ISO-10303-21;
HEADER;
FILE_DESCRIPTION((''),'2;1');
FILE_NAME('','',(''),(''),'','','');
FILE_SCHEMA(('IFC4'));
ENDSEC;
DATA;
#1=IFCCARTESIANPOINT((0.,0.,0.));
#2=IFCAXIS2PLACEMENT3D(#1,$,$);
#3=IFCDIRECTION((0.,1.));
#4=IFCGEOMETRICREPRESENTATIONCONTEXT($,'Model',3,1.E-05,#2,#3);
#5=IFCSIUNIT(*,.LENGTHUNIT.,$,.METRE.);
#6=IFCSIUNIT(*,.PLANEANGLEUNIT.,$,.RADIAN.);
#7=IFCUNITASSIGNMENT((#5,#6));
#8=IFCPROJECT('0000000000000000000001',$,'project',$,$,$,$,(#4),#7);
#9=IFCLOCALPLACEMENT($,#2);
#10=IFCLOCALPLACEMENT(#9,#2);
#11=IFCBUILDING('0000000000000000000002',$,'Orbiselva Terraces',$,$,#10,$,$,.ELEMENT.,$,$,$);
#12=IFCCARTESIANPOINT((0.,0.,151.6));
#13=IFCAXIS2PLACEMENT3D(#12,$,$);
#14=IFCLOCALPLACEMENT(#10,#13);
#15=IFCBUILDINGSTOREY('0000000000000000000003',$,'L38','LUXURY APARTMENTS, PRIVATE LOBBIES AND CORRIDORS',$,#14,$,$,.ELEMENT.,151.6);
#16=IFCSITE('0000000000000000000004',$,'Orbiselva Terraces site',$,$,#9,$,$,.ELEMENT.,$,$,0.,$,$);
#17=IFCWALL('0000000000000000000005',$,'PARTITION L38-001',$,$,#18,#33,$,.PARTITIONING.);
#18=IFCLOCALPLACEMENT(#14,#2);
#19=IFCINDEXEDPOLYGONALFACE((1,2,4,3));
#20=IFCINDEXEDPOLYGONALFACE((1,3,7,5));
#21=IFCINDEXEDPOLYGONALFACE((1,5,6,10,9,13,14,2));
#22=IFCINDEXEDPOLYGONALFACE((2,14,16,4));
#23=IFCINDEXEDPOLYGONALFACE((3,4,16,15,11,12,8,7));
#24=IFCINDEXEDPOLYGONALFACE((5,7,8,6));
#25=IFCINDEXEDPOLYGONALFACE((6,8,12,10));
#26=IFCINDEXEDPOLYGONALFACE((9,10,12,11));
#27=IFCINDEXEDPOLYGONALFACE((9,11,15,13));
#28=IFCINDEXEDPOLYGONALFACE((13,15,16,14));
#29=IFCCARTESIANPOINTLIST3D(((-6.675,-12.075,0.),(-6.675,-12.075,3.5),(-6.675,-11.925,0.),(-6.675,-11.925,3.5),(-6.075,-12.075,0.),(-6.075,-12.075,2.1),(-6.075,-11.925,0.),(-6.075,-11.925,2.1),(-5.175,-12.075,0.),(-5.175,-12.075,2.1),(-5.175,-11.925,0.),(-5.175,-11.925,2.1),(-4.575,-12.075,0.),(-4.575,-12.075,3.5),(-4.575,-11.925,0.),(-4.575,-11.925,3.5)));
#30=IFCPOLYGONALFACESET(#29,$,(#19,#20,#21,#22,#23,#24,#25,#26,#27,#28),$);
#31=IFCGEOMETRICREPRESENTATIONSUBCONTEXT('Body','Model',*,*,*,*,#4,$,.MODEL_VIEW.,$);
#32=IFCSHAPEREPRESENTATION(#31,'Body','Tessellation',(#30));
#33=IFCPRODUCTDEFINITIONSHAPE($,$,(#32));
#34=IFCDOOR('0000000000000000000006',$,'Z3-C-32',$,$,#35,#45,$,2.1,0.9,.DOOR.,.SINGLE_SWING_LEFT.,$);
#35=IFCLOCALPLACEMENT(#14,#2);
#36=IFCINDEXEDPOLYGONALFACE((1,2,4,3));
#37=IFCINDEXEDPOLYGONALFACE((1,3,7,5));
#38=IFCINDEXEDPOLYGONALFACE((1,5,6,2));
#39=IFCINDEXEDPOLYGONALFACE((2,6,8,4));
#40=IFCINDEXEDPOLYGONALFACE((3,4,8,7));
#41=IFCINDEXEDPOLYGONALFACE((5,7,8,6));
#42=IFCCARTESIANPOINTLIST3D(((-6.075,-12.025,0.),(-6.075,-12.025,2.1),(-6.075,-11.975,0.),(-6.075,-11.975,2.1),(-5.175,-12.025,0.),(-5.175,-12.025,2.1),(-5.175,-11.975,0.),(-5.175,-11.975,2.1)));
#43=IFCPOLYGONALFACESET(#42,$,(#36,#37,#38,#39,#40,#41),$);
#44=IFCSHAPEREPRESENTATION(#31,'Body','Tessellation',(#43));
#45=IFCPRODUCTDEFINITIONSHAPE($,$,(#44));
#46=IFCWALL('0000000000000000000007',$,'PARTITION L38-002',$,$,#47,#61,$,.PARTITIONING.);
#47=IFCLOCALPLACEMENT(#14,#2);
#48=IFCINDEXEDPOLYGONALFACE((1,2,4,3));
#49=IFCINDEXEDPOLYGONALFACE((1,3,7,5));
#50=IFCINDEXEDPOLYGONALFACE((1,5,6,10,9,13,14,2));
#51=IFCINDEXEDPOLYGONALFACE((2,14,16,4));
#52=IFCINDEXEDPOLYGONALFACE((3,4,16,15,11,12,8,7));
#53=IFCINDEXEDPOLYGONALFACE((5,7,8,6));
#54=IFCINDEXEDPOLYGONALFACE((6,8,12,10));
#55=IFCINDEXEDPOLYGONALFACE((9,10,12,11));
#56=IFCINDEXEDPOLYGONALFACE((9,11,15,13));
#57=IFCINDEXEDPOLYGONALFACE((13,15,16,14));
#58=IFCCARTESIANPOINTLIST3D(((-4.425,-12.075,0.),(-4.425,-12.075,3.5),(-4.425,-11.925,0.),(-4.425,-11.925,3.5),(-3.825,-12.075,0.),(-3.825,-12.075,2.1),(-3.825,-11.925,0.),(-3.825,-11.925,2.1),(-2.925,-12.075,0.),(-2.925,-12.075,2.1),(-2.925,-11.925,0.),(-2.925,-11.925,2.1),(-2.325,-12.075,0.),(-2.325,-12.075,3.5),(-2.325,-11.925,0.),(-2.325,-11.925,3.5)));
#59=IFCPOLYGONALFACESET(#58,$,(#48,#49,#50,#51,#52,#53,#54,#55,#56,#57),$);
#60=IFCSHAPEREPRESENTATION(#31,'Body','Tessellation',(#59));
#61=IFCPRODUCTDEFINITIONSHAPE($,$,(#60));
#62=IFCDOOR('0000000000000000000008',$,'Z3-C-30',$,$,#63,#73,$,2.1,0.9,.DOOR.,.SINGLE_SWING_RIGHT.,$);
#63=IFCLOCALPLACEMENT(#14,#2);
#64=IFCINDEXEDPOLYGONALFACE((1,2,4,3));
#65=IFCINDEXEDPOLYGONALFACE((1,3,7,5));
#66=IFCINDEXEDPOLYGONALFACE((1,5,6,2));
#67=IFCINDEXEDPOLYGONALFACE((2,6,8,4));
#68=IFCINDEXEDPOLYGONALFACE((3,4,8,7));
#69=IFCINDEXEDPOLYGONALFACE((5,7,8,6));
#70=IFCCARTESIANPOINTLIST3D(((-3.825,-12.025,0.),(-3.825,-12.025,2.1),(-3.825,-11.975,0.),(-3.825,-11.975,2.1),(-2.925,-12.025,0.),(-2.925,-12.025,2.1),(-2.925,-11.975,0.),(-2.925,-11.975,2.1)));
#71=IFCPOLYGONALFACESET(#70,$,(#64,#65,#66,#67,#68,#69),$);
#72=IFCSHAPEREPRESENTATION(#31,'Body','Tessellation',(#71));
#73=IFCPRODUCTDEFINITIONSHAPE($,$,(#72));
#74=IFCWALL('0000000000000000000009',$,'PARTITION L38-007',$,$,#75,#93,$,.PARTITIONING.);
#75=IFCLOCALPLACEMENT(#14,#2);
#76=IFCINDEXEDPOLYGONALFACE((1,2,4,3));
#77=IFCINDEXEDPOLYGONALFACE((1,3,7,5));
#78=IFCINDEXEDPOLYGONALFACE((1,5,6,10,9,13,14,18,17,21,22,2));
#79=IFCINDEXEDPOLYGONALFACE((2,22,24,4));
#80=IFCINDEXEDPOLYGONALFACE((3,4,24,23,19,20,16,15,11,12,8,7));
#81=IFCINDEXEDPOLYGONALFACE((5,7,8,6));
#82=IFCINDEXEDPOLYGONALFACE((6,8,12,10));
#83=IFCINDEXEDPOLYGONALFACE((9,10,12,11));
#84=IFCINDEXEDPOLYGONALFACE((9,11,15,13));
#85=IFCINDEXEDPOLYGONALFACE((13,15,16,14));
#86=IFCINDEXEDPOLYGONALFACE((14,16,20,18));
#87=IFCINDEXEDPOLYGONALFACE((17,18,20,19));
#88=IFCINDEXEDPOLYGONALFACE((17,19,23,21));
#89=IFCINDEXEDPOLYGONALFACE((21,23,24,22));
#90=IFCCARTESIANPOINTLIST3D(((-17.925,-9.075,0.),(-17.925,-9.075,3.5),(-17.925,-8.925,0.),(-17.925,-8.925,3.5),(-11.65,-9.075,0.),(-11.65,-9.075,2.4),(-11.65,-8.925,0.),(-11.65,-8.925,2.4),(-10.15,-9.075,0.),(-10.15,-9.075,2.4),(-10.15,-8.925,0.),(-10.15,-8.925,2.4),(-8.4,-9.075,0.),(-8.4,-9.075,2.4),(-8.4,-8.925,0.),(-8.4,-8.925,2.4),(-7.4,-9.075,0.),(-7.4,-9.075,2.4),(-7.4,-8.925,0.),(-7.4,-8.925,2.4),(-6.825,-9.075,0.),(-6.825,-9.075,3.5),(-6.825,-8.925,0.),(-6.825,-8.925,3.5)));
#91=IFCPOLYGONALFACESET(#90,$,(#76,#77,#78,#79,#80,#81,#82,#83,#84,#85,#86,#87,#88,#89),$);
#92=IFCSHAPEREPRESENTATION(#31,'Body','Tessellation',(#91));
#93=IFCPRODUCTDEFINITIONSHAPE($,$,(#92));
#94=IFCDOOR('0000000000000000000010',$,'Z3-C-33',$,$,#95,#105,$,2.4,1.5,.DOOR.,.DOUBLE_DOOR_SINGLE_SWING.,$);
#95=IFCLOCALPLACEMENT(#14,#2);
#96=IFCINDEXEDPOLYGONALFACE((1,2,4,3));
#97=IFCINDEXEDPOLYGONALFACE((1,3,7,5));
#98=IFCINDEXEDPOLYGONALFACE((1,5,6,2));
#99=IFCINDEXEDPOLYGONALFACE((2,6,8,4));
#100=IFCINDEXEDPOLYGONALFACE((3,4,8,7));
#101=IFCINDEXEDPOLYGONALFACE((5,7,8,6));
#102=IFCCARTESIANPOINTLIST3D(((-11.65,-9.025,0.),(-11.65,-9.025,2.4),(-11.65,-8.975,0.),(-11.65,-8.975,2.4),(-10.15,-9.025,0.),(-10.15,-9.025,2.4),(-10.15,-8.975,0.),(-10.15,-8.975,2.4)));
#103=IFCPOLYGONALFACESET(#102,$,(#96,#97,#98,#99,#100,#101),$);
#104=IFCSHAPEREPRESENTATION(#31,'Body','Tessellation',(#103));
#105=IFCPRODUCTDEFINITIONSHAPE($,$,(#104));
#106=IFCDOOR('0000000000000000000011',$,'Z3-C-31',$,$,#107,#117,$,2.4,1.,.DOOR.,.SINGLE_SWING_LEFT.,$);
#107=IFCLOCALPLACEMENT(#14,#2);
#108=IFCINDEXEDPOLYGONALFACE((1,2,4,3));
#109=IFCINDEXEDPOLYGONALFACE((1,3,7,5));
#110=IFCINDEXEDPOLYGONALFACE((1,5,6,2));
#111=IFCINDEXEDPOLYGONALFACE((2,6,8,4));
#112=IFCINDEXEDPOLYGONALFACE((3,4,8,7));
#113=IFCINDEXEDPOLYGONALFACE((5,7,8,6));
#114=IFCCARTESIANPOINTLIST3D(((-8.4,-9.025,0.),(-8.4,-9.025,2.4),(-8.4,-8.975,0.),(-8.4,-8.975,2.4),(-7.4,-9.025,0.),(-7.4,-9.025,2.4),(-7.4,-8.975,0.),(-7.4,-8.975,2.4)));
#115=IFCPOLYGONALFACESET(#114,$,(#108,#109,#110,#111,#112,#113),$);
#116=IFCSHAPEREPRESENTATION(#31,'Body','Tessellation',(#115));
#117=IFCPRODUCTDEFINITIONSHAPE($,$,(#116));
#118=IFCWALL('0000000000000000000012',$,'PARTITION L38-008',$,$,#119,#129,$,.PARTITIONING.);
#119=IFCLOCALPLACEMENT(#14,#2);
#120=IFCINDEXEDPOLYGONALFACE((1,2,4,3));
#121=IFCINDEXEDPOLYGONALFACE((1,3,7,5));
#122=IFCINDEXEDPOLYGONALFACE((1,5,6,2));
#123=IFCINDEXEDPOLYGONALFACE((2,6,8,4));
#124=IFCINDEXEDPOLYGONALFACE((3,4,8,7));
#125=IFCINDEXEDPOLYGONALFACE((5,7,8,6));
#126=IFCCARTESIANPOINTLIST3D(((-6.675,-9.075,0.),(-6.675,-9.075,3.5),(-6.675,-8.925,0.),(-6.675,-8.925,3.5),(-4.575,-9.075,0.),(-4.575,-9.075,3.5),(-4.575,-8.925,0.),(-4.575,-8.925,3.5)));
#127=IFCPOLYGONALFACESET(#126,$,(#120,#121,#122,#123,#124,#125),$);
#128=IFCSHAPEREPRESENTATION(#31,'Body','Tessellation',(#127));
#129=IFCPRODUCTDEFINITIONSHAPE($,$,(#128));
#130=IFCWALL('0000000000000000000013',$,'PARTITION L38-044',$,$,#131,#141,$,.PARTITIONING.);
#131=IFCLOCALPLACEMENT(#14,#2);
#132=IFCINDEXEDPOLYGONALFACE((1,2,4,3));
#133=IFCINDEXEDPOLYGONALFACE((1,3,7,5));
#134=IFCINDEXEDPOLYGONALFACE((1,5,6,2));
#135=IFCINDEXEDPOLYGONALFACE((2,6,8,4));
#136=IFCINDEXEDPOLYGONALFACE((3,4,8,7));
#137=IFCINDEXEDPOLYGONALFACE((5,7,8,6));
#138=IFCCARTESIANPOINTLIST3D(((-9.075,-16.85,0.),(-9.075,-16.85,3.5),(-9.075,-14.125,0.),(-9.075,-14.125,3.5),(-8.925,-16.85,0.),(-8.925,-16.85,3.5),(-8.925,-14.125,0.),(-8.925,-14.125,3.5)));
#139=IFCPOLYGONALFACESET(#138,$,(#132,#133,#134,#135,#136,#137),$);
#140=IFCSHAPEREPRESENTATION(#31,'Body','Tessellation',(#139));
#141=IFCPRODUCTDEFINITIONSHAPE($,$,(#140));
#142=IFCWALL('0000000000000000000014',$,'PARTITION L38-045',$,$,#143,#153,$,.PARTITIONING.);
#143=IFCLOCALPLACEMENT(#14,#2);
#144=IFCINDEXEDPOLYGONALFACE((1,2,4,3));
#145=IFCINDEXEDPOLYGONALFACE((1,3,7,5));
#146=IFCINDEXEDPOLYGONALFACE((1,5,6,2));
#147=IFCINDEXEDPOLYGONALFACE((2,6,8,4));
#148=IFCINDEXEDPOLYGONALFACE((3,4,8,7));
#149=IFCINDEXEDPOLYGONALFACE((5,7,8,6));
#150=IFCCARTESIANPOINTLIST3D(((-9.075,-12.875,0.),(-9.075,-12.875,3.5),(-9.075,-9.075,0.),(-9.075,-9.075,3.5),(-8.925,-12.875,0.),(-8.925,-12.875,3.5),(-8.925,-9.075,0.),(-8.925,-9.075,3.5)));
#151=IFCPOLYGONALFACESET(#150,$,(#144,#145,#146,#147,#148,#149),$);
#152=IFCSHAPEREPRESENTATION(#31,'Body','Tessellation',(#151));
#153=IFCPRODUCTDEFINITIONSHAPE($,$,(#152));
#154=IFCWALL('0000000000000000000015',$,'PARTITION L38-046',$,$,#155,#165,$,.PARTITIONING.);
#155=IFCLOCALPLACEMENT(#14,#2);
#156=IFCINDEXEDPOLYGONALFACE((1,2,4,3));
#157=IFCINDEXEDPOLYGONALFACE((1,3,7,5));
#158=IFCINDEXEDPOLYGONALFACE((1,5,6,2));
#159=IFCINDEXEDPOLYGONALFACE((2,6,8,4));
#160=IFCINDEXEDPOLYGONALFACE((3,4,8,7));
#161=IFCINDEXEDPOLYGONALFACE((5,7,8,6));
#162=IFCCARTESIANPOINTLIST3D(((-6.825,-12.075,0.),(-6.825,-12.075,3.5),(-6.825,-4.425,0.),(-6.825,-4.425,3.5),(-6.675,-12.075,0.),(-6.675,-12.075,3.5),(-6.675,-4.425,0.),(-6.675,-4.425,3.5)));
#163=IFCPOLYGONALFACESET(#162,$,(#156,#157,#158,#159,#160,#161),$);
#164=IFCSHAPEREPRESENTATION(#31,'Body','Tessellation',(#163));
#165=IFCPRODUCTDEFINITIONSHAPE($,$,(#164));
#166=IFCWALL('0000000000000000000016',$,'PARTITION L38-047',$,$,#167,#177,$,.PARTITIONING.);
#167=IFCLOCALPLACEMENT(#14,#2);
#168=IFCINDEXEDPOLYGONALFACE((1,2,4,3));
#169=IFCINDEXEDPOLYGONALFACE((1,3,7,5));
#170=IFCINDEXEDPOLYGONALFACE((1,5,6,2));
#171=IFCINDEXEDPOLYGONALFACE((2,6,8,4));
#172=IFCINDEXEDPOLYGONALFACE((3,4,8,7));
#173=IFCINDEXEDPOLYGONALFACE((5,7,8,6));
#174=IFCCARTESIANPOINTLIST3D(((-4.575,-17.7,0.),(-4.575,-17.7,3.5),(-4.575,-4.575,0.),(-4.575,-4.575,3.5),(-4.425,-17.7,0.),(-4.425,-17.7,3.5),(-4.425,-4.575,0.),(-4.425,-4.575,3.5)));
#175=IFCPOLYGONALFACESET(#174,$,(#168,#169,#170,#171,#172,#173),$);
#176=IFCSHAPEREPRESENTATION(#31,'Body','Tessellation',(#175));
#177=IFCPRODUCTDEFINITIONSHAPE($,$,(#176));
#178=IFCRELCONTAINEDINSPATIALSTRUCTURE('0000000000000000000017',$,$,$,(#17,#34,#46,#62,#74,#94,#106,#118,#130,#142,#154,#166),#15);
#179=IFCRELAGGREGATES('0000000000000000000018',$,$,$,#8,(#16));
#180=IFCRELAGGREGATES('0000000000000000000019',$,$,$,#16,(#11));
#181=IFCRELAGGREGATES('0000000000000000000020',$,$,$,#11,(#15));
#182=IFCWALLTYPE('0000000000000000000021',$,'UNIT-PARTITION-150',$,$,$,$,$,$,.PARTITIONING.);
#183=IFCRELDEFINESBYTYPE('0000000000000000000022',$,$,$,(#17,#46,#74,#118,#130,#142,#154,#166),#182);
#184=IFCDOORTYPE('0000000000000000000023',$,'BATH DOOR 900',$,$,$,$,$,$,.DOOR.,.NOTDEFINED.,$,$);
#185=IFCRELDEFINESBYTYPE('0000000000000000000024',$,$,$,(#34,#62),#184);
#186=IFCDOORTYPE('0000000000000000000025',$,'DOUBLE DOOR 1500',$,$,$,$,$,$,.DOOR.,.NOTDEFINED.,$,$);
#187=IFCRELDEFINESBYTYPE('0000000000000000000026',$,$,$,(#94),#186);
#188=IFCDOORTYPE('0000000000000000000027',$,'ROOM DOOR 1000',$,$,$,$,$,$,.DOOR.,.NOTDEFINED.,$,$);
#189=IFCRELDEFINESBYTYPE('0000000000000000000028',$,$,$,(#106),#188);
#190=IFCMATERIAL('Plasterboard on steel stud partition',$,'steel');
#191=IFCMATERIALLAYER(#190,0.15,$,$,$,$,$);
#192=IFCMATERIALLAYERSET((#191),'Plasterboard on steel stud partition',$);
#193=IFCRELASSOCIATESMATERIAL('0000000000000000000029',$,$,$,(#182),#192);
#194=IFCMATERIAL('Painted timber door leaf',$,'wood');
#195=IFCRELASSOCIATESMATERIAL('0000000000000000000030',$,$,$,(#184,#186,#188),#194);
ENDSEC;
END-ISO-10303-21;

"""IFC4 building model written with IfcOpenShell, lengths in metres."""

from ifc_helpers import new_model, si_unit, direction, frame, frame_2d, origin, place, context, subcontext, project, spatial, rectangle, extrude, material, layer, layer_set, type_object, element, fill, save


model = new_model("IFC4")

# Units and contexts
model_context = context("Model", 3, precision=1e-05, world=origin(), true_north=direction((0.0, 1.0)))
body_context = subcontext(model_context, "Body", "Model", "MODEL_VIEW")
ifc_project = project(units=[si_unit("LENGTHUNIT", "METRE"), si_unit("PLANEANGLEUNIT", "RADIAN")], contexts=[model_context])

# Site, building, storey
site_placement = place(None, origin())
site = spatial("IfcSite", under=ifc_project, at=site_placement, Name="Orbiselva Terraces site", CompositionType="ELEMENT", RefElevation=0.0)
building_placement = place(site_placement, origin())
building = spatial("IfcBuilding", under=site, at=building_placement, Name="Orbiselva Terraces", CompositionType="ELEMENT")
storey_placement = place(building_placement, frame((0.0, 0.0, 151.6)))
storey = spatial("IfcBuildingStorey", under=building, at=storey_placement, Name="L38", Description="LUXURY APARTMENTS, PRIVATE LOBBIES AND CORRIDORS", CompositionType="ELEMENT", Elevation=151.6)

# Walls, openings, doors
ifc_material_1 = material(Name="Plasterboard on steel stud partition", Category="steel")
ifc_layer_1 = layer(ifc_material_1, 0.15)
ifc_layer_set_1 = layer_set([ifc_layer_1], Name="Plasterboard on steel stud partition")
wall_type_1 = type_object("IfcWallType", Name="UNIT-PARTITION-150", PredefinedType="PARTITIONING", material=ifc_layer_set_1)
wall_1_placement = place(storey_placement, frame((-6.675, -12.0, 0.0), z_axis=(0.0, 0.0, 1.0), x_axis=(1.0, 0.0, 0.0)))
wall_1 = element("IfcWall", 1, at=wall_1_placement, inside=storey, type_object=wall_type_1, Name="PARTITION L38-001", PredefinedType="PARTITIONING", context=body_context, shape_type="SweptSolid", body=[
    extrude(rectangle(XDim=2.1, YDim=0.15, at=frame_2d((1.05, 0.0))), origin(), (0.0, 0.0, 1.0), 3.5),
])
opening_1_placement = place(wall_1_placement, frame((0.6, 0.0, 0.0)))
opening_1 = element("IfcOpeningElement", 2, at=opening_1_placement, cuts=wall_1, PredefinedType="OPENING", context=body_context, shape_type="SweptSolid", body=[
    extrude(rectangle(XDim=0.9, YDim=2.1, at=frame_2d((0.45, 1.05))), frame((0.0, 0.085, 0.0), z_axis=(0.0, -1.0, 0.0), x_axis=(1.0, 0.0, 0.0)), (0.0, 0.0, 1.0), 0.17),
])
ifc_material_2 = material(Name="Painted timber door leaf", Category="wood")
door_type_1 = type_object("IfcDoorType", Name="BATH DOOR 900", OperationType="NOTDEFINED", PredefinedType="DOOR", material=ifc_material_2)
door_1_placement = place(opening_1_placement, origin())
door_1 = element("IfcDoor", 3, at=door_1_placement, inside=storey, type_object=door_type_1, Name="Z3-C-32", OperationType="SINGLE_SWING_LEFT", OverallHeight=2.1, OverallWidth=0.9, PredefinedType="DOOR", context=body_context, shape_type="SweptSolid", body=[
    extrude(rectangle(XDim=0.9, YDim=2.1, at=frame_2d((0.45, 1.05))), frame((0.0, 0.025, 0.0), z_axis=(0.0, -1.0, 0.0), x_axis=(1.0, 0.0, 0.0)), (0.0, 0.0, 1.0), 0.05),
])
fill(opening_1, door_1)
wall_2_placement = place(storey_placement, frame((-4.425, -12.0, 0.0), z_axis=(0.0, 0.0, 1.0), x_axis=(1.0, 0.0, 0.0)))
wall_2 = element("IfcWall", 4, at=wall_2_placement, inside=storey, type_object=wall_type_1, Name="PARTITION L38-002", PredefinedType="PARTITIONING", context=body_context, shape_type="SweptSolid", body=[
    extrude(rectangle(XDim=2.1, YDim=0.15, at=frame_2d((1.05, 0.0))), origin(), (0.0, 0.0, 1.0), 3.5),
])
opening_2_placement = place(wall_2_placement, frame((0.6, 0.0, 0.0)))
opening_2 = element("IfcOpeningElement", 5, at=opening_2_placement, cuts=wall_2, PredefinedType="OPENING", context=body_context, shape_type="SweptSolid", body=[
    extrude(rectangle(XDim=0.9, YDim=2.1, at=frame_2d((0.45, 1.05))), frame((0.0, 0.085, 0.0), z_axis=(0.0, -1.0, 0.0), x_axis=(1.0, 0.0, 0.0)), (0.0, 0.0, 1.0), 0.17),
])
door_2_placement = place(opening_2_placement, origin())
door_2 = element("IfcDoor", 6, at=door_2_placement, inside=storey, type_object=door_type_1, Name="Z3-C-30", OperationType="SINGLE_SWING_RIGHT", OverallHeight=2.1, OverallWidth=0.9, PredefinedType="DOOR", context=body_context, shape_type="SweptSolid", body=[
    extrude(rectangle(XDim=0.9, YDim=2.1, at=frame_2d((0.45, 1.05))), frame((0.0, 0.025, 0.0), z_axis=(0.0, -1.0, 0.0), x_axis=(1.0, 0.0, 0.0)), (0.0, 0.0, 1.0), 0.05),
])
fill(opening_2, door_2)

# Wall, openings, doors
wall_3_placement = place(storey_placement, frame((-6.825, -9.0, 0.0), z_axis=(0.0, 0.0, 1.0), x_axis=(-1.0, 0.0, 0.0)))
wall_3 = element("IfcWall", 7, at=wall_3_placement, inside=storey, type_object=wall_type_1, Name="PARTITION L38-007", PredefinedType="PARTITIONING", context=body_context, shape_type="SweptSolid", body=[
    extrude(rectangle(XDim=11.1, YDim=0.15, at=frame_2d((5.55, 0.0))), origin(), (0.0, 0.0, 1.0), 3.5),
])
opening_3_placement = place(wall_3_placement, frame((0.575, 0.0, 0.0)))
opening_3 = element("IfcOpeningElement", 8, at=opening_3_placement, cuts=wall_3, PredefinedType="OPENING", context=body_context, shape_type="SweptSolid", body=[
    extrude(rectangle(XDim=1.0, YDim=2.4, at=frame_2d((0.5, 1.2))), frame((0.0, 0.085, 0.0), z_axis=(0.0, -1.0, 0.0), x_axis=(1.0, 0.0, 0.0)), (0.0, 0.0, 1.0), 0.17),
])
opening_4_placement = place(wall_3_placement, frame((3.325, 0.0, 0.0)))
opening_4 = element("IfcOpeningElement", 9, at=opening_4_placement, cuts=wall_3, PredefinedType="OPENING", context=body_context, shape_type="SweptSolid", body=[
    extrude(rectangle(XDim=1.5, YDim=2.4, at=frame_2d((0.75, 1.2))), frame((0.0, 0.085, 0.0), z_axis=(0.0, -1.0, 0.0), x_axis=(1.0, 0.0, 0.0)), (0.0, 0.0, 1.0), 0.17),
])
door_type_2 = type_object("IfcDoorType", Name="DOUBLE DOOR 1500", OperationType="NOTDEFINED", PredefinedType="DOOR", material=ifc_material_2)
door_3_placement = place(opening_4_placement, origin())
door_3 = element("IfcDoor", 10, at=door_3_placement, inside=storey, type_object=door_type_2, Name="Z3-C-33", OperationType="DOUBLE_DOOR_SINGLE_SWING", OverallHeight=2.4, OverallWidth=1.5, PredefinedType="DOOR", context=body_context, shape_type="SweptSolid", body=[
    extrude(rectangle(XDim=1.5, YDim=2.4, at=frame_2d((0.75, 1.2))), frame((0.0, 0.025, 0.0), z_axis=(0.0, -1.0, 0.0), x_axis=(1.0, 0.0, 0.0)), (0.0, 0.0, 1.0), 0.05),
])
fill(opening_4, door_3)
door_type_3 = type_object("IfcDoorType", Name="ROOM DOOR 1000", OperationType="NOTDEFINED", PredefinedType="DOOR", material=ifc_material_2)
door_4_placement = place(opening_3_placement, origin())
door_4 = element("IfcDoor", 11, at=door_4_placement, inside=storey, type_object=door_type_3, Name="Z3-C-31", OperationType="SINGLE_SWING_LEFT", OverallHeight=2.4, OverallWidth=1.0, PredefinedType="DOOR", context=body_context, shape_type="SweptSolid", body=[
    extrude(rectangle(XDim=1.0, YDim=2.4, at=frame_2d((0.5, 1.2))), frame((0.0, 0.025, 0.0), z_axis=(0.0, -1.0, 0.0), x_axis=(1.0, 0.0, 0.0)), (0.0, 0.0, 1.0), 0.05),
])
fill(opening_3, door_4)

# Walls
wall_4_placement = place(storey_placement, frame((-6.675, -9.0, 0.0), z_axis=(0.0, 0.0, 1.0), x_axis=(1.0, 0.0, 0.0)))
element("IfcWall", 12, at=wall_4_placement, inside=storey, type_object=wall_type_1, Name="PARTITION L38-008", PredefinedType="PARTITIONING", context=body_context, shape_type="SweptSolid", body=[
    extrude(rectangle(XDim=2.1, YDim=0.15, at=frame_2d((1.05, 0.0))), origin(), (0.0, 0.0, 1.0), 3.5),
])
wall_5_placement = place(storey_placement, frame((-9.0, -16.85, 0.0), z_axis=(0.0, 0.0, 1.0), x_axis=(0.0, 1.0, 0.0)))
element("IfcWall", 13, at=wall_5_placement, inside=storey, type_object=wall_type_1, Name="PARTITION L38-044", PredefinedType="PARTITIONING", context=body_context, shape_type="SweptSolid", body=[
    extrude(rectangle(XDim=2.725, YDim=0.15, at=frame_2d((1.3625, 0.0))), origin(), (0.0, 0.0, 1.0), 3.5),
])
wall_6_placement = place(storey_placement, frame((-9.0, -12.875, 0.0), z_axis=(0.0, 0.0, 1.0), x_axis=(0.0, 1.0, 0.0)))
element("IfcWall", 14, at=wall_6_placement, inside=storey, type_object=wall_type_1, Name="PARTITION L38-045", PredefinedType="PARTITIONING", context=body_context, shape_type="SweptSolid", body=[
    extrude(rectangle(XDim=3.8, YDim=0.15, at=frame_2d((1.9, 0.0))), origin(), (0.0, 0.0, 1.0), 3.5),
])
wall_7_placement = place(storey_placement, frame((-6.75, -12.075, 0.0), z_axis=(0.0, 0.0, 1.0), x_axis=(0.0, 1.0, 0.0)))
element("IfcWall", 15, at=wall_7_placement, inside=storey, type_object=wall_type_1, Name="PARTITION L38-046", PredefinedType="PARTITIONING", context=body_context, shape_type="SweptSolid", body=[
    extrude(rectangle(XDim=7.65, YDim=0.15, at=frame_2d((3.825, 0.0))), origin(), (0.0, 0.0, 1.0), 3.5),
])
wall_8_placement = place(storey_placement, frame((-4.5, -17.7, 0.0), z_axis=(0.0, 0.0, 1.0), x_axis=(0.0, 1.0, 0.0)))
element("IfcWall", 16, at=wall_8_placement, inside=storey, type_object=wall_type_1, Name="PARTITION L38-047", PredefinedType="PARTITIONING", context=body_context, shape_type="SweptSolid", body=[
    extrude(rectangle(XDim=13.125, YDim=0.15, at=frame_2d((6.5625, 0.0))), origin(), (0.0, 0.0, 1.0), 3.5),
])

save(model, "model.ifc")
